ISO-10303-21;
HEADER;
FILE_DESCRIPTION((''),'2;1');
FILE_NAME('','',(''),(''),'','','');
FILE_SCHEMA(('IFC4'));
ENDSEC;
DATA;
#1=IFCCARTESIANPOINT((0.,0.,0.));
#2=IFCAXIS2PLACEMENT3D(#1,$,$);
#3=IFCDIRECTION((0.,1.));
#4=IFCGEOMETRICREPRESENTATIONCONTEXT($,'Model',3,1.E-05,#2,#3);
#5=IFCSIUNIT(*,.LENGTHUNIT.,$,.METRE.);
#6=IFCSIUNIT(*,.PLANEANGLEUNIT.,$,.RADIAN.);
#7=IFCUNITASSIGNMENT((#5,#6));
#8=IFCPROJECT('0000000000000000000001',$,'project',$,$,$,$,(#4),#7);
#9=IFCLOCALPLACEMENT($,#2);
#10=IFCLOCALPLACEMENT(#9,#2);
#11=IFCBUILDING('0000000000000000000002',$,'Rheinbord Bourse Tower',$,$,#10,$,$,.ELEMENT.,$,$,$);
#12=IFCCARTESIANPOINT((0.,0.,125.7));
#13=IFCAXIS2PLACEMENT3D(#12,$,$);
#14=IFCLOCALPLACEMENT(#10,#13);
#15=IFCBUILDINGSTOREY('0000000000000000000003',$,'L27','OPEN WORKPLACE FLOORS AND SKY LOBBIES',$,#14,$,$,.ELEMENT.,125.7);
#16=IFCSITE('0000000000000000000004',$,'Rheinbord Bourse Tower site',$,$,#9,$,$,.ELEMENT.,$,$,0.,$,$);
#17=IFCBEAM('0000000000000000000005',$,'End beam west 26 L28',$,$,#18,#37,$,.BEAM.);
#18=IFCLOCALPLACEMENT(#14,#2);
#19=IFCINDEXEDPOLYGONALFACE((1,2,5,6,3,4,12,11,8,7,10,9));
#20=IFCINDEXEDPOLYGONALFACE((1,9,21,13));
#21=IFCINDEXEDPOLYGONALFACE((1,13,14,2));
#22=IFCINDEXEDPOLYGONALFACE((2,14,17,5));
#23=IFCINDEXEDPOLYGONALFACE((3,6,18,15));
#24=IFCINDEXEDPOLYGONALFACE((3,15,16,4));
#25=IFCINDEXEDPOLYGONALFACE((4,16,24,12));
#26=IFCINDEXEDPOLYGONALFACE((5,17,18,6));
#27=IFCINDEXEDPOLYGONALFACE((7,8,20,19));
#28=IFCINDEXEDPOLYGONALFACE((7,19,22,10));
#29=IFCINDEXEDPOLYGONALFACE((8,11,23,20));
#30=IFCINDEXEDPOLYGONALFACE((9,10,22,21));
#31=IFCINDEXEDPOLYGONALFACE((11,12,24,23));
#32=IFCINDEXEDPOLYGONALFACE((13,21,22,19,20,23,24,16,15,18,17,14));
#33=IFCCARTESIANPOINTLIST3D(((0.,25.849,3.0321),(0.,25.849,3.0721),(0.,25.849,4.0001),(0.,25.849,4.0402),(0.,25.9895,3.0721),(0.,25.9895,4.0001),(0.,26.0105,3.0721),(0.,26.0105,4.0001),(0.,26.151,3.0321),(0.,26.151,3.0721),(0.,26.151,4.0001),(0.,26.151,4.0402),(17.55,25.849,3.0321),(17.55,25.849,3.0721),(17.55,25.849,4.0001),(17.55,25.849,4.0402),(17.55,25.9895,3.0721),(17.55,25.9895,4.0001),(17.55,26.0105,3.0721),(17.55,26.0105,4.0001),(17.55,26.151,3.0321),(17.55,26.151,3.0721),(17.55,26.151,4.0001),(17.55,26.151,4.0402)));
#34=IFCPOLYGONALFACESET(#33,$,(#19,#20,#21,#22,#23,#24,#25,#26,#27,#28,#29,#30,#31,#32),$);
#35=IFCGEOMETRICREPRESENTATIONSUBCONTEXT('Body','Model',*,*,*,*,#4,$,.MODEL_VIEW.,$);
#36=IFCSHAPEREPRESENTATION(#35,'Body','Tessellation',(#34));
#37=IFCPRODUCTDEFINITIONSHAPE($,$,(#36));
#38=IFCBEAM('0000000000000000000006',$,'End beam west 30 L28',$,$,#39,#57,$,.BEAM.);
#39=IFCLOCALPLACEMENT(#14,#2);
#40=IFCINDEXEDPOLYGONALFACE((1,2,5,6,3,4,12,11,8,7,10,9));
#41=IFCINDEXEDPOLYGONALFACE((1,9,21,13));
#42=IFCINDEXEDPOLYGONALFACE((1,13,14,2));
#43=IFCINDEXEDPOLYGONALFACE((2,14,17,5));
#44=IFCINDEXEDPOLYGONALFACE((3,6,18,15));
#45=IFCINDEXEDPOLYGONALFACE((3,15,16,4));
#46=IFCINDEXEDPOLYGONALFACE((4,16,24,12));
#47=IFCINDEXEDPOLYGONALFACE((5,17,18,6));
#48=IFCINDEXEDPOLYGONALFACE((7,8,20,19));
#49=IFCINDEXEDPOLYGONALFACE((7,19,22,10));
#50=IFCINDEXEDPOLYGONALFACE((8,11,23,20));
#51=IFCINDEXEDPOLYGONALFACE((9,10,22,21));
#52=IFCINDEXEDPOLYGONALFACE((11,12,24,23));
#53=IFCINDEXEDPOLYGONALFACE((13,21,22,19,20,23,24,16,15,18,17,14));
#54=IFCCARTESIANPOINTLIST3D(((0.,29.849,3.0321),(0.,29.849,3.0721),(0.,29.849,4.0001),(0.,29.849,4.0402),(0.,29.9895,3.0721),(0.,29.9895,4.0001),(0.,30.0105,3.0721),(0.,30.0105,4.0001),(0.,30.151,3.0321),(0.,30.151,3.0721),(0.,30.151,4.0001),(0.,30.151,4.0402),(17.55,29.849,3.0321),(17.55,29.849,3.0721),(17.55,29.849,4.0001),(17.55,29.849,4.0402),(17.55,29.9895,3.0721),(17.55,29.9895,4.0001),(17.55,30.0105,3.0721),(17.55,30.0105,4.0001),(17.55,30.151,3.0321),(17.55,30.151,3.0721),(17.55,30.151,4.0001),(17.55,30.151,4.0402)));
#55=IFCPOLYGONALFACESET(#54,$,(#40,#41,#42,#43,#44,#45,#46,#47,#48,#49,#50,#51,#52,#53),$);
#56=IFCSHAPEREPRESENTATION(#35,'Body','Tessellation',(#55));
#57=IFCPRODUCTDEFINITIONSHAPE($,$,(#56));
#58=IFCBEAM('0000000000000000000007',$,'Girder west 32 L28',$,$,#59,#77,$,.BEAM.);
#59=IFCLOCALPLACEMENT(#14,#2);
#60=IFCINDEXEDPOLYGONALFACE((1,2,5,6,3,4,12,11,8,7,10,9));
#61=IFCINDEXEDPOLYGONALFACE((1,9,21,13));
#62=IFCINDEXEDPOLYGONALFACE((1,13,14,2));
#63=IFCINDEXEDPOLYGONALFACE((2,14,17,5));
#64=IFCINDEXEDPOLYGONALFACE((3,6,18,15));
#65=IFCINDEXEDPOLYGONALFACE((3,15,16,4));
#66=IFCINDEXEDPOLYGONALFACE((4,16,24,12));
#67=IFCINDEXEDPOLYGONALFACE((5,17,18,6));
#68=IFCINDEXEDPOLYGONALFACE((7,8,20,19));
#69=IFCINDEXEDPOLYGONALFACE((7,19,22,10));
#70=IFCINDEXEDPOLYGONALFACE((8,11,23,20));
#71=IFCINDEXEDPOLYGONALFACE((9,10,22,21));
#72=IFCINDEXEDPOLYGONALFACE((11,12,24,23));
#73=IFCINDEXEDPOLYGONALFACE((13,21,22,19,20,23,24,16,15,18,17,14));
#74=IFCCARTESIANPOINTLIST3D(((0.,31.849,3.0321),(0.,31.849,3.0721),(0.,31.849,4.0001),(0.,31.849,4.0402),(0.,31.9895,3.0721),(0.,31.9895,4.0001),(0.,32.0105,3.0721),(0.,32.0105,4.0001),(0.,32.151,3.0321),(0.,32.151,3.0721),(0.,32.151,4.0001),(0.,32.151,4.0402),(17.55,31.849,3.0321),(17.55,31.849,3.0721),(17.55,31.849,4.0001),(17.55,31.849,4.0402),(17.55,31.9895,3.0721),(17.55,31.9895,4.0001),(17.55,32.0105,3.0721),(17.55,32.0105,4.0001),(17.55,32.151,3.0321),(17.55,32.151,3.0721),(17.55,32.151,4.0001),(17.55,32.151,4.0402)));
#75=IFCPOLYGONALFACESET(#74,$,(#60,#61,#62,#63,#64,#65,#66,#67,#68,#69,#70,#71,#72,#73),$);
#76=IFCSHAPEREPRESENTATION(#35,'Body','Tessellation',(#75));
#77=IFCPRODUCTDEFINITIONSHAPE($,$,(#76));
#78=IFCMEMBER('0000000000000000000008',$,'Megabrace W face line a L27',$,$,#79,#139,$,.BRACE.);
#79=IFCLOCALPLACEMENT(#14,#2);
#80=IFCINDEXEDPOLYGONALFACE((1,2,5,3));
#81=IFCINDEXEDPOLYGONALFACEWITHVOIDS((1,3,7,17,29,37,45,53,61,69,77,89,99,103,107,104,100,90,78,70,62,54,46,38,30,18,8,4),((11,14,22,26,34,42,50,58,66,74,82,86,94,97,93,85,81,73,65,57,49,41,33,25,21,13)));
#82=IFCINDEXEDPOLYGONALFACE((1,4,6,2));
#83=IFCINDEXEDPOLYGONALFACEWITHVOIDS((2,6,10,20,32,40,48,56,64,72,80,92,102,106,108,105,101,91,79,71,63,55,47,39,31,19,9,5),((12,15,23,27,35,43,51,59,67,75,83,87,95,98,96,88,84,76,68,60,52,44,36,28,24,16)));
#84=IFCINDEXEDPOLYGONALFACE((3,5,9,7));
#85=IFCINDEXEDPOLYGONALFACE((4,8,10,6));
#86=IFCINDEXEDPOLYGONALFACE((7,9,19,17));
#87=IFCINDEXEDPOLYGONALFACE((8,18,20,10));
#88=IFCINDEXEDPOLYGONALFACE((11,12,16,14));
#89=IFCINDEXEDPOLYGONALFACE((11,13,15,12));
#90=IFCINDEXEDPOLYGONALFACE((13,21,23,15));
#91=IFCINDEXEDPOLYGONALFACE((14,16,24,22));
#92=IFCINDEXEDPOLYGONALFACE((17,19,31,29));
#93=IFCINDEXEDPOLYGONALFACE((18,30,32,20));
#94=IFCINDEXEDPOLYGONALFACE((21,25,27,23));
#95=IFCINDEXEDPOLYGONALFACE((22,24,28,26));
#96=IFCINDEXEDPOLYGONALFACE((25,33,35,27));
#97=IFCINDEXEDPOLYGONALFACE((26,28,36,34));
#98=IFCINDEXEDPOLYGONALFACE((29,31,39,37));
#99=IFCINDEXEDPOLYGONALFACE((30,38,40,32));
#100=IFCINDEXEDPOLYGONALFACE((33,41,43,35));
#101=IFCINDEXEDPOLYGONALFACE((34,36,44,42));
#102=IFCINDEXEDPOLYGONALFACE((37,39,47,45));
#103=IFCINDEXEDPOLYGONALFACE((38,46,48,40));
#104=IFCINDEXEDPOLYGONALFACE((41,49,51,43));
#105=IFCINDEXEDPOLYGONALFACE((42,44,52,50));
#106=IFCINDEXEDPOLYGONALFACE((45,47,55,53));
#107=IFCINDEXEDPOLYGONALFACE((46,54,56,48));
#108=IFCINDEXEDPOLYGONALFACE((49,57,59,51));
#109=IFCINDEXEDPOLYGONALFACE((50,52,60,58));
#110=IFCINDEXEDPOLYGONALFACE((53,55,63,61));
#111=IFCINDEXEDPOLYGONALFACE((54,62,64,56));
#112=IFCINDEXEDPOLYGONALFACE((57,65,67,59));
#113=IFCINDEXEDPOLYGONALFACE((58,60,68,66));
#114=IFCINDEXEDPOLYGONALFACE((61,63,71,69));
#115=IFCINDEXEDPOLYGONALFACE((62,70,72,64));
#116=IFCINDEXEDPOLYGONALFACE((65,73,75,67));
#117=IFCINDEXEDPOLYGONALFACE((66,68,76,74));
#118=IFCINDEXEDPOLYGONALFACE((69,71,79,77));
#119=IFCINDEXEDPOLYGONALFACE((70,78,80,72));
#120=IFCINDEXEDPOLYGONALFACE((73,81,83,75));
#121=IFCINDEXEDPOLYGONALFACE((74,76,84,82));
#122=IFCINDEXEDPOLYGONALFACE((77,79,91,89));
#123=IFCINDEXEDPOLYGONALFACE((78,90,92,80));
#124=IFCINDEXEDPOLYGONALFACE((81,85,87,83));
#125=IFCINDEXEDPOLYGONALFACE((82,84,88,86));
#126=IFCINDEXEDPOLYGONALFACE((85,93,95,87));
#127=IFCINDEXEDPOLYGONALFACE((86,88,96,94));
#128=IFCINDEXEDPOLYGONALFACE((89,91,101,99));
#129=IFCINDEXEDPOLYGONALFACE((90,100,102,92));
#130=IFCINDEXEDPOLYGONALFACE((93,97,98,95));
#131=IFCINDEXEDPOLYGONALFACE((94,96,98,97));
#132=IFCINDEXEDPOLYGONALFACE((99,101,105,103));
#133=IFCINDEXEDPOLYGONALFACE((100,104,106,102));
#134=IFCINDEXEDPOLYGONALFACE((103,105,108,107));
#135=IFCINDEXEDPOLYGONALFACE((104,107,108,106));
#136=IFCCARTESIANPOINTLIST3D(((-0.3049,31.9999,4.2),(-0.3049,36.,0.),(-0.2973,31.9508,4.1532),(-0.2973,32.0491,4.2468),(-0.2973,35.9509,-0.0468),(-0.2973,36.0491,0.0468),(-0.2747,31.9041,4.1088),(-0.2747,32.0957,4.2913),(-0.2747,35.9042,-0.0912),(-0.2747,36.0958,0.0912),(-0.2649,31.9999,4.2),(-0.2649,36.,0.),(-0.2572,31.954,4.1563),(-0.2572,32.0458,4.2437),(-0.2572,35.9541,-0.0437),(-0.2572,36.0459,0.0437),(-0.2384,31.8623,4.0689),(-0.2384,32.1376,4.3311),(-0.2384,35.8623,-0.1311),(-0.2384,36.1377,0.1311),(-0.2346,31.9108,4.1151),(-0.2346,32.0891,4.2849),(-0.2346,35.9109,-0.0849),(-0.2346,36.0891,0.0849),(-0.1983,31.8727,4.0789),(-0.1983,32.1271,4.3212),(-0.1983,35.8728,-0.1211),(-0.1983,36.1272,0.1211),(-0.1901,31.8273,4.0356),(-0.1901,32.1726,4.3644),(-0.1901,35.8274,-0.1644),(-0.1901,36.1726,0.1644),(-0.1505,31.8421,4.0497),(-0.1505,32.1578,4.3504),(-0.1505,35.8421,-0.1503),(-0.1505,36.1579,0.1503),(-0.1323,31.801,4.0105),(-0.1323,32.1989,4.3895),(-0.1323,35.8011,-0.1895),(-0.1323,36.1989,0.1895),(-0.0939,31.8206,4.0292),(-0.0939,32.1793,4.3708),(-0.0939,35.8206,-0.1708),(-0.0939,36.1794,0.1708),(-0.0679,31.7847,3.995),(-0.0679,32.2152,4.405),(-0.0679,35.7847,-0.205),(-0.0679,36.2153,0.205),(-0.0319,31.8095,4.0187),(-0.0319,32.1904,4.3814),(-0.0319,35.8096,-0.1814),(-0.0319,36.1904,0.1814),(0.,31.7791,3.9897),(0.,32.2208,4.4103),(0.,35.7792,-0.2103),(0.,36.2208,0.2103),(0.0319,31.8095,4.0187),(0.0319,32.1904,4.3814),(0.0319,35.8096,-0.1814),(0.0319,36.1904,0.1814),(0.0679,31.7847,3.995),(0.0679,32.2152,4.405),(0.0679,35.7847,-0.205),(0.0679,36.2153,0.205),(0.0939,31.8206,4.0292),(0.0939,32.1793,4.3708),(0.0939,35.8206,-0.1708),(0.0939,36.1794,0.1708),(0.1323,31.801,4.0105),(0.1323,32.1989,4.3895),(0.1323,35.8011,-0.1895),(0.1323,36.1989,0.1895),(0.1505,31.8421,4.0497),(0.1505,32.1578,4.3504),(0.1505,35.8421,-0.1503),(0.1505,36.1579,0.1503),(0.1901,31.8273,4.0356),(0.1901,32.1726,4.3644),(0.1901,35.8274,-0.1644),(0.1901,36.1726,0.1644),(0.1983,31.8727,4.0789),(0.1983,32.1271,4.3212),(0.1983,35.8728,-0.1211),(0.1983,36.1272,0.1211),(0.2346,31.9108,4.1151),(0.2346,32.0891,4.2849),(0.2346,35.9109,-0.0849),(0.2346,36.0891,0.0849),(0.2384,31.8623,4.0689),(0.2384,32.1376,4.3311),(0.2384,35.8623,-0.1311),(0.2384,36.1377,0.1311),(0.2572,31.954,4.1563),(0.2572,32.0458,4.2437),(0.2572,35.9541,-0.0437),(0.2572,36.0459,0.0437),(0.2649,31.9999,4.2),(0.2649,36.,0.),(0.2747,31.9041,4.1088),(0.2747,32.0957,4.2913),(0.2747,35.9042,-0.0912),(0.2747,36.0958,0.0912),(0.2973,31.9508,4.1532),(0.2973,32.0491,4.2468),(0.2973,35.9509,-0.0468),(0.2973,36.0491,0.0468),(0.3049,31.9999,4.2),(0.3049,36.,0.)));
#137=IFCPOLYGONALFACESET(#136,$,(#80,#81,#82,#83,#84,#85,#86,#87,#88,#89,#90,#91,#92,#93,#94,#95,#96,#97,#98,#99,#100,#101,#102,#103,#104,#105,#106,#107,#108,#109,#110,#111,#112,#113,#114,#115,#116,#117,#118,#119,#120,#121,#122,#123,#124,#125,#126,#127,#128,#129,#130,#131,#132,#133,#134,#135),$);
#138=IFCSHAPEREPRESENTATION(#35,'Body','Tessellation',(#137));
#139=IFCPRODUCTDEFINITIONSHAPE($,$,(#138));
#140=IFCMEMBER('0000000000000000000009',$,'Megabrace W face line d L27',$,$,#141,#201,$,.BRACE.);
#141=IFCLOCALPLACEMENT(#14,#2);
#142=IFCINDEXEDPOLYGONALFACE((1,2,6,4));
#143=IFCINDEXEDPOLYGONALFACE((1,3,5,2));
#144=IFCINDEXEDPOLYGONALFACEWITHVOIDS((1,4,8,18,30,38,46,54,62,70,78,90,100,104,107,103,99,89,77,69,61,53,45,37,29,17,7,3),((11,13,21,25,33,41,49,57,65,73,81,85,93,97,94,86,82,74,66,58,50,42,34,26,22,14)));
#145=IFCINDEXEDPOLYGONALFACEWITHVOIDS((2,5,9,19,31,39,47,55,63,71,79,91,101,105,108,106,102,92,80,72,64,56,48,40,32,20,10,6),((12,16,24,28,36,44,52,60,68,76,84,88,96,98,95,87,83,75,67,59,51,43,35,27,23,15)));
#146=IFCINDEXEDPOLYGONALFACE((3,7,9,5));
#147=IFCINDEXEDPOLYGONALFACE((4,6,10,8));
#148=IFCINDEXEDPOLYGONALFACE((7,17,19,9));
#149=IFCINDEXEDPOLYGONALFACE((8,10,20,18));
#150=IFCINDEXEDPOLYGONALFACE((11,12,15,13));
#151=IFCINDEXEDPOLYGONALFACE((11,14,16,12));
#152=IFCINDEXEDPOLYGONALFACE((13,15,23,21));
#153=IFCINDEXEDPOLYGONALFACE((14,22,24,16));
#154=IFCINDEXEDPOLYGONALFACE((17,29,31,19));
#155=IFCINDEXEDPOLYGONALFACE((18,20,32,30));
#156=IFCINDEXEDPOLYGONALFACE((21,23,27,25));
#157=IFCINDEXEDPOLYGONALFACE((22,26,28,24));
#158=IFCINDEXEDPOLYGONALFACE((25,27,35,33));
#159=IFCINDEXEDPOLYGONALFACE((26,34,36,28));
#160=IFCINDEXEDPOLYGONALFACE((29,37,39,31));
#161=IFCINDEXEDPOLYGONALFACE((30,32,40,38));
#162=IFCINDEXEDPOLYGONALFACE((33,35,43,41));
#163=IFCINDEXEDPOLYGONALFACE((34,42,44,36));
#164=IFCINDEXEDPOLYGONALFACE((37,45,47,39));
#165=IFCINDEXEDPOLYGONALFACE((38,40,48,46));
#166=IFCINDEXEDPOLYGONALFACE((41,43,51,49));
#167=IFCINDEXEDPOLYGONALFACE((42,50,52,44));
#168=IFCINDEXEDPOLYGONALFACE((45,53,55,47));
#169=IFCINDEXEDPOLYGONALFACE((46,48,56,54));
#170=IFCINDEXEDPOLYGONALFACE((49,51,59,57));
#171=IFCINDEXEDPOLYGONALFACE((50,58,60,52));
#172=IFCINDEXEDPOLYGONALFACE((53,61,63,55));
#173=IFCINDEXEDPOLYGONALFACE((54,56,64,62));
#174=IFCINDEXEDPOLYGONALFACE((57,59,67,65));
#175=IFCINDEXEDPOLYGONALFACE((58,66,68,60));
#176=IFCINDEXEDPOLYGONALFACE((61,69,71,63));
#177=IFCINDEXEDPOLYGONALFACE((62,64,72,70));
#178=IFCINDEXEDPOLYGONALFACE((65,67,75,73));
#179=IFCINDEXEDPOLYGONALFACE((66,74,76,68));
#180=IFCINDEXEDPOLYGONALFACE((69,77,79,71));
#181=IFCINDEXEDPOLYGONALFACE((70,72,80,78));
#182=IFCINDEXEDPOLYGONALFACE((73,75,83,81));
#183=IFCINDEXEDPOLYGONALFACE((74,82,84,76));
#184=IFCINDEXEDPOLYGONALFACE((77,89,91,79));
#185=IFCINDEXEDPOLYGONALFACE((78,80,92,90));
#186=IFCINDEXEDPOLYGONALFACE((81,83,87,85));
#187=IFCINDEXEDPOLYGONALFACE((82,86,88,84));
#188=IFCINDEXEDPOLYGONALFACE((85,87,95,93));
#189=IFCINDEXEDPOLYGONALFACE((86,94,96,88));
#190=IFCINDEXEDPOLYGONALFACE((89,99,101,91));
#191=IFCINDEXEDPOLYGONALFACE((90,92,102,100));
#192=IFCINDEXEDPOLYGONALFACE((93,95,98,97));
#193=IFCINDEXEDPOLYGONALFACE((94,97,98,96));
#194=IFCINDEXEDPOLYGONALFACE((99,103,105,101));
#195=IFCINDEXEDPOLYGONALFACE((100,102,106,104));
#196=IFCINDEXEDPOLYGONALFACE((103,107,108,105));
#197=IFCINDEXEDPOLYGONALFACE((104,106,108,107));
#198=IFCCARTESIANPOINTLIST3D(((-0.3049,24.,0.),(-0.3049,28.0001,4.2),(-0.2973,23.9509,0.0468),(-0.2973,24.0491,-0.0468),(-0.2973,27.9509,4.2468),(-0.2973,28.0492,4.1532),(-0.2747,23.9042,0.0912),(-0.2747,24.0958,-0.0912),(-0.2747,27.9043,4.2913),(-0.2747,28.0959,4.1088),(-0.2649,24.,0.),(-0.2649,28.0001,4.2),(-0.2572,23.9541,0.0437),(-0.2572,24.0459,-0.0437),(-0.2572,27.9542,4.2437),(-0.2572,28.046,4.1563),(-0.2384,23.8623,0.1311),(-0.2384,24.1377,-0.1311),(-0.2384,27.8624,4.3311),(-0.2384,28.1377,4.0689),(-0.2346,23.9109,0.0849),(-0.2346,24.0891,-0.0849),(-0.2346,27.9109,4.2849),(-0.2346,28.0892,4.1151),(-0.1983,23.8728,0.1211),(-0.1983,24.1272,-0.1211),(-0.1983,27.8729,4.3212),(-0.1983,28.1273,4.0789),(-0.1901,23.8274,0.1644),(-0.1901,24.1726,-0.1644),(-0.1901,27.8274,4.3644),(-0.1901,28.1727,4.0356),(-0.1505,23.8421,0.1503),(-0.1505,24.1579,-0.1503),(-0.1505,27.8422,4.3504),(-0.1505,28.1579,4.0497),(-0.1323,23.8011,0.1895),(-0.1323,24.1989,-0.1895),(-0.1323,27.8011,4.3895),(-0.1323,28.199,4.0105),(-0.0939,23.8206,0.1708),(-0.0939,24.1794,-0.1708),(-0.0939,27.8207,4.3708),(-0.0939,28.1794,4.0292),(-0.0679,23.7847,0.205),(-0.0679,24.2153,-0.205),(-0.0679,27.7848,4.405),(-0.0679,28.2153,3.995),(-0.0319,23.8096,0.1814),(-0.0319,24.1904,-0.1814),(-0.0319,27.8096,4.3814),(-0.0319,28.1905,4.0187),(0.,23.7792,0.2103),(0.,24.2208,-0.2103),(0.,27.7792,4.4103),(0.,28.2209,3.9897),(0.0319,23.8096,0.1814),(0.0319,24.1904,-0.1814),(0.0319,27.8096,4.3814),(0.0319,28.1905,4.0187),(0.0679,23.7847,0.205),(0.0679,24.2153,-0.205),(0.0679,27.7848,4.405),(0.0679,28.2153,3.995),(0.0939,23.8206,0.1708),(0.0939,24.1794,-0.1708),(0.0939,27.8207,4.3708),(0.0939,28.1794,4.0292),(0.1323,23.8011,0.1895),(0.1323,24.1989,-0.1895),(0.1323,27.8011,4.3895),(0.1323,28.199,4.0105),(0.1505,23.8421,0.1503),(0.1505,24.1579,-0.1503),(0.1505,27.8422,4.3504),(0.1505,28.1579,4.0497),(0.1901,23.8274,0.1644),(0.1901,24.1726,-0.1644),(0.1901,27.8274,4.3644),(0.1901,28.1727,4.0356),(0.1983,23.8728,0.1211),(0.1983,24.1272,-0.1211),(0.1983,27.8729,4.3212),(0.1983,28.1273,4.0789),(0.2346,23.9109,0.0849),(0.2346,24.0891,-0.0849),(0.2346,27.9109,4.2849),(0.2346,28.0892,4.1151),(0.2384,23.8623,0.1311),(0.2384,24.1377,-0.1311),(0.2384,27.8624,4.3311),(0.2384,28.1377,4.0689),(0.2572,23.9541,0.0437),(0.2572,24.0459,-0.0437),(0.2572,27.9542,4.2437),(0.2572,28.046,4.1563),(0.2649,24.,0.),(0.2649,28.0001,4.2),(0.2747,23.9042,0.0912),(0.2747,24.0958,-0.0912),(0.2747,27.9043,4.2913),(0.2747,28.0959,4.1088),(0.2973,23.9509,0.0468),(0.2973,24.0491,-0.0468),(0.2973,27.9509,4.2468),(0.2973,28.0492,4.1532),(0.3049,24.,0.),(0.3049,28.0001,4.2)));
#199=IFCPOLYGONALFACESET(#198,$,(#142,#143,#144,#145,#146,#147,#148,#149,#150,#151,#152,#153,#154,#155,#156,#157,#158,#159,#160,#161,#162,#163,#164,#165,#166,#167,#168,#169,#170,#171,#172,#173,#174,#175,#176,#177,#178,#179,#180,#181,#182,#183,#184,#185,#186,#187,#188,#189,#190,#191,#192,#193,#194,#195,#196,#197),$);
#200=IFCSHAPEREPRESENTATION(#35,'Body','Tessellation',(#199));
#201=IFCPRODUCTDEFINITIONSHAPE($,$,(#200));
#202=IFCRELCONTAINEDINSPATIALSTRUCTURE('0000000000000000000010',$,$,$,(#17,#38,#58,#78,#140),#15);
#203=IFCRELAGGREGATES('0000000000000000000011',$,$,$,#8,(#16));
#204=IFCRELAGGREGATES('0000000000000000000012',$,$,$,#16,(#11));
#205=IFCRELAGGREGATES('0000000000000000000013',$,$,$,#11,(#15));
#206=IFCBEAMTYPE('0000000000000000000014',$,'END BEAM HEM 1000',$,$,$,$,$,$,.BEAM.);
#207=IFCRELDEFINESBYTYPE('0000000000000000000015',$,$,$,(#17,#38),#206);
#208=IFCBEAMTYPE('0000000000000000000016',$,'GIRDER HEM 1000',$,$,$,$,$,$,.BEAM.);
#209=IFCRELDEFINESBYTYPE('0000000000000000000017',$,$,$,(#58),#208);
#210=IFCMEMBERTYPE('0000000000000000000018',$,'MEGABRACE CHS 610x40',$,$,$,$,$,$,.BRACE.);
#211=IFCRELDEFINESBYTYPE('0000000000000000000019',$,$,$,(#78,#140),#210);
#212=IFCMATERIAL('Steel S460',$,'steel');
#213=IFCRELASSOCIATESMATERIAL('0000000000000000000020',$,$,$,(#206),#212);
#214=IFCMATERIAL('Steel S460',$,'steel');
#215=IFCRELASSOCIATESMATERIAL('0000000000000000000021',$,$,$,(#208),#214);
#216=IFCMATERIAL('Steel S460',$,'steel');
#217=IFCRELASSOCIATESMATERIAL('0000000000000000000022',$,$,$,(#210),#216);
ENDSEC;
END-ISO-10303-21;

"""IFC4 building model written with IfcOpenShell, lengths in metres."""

from ifc_helpers import new_model, si_unit, direction, frame, origin, origin_2d, place, context, subcontext, project, spatial, hollow_circle, i_section, extrude, material, material_profile, profile_set, type_object, element, save


model = new_model("IFC4")

# Units and contexts
model_context = context("Model", 3, precision=1e-05, world=origin(), true_north=direction((0.0, 1.0)))
body_context = subcontext(model_context, "Body", "Model", "MODEL_VIEW")
ifc_project = project(units=[si_unit("LENGTHUNIT", "METRE"), si_unit("PLANEANGLEUNIT", "RADIAN")], contexts=[model_context])

# Site, building, storey
site_placement = place(None, origin())
site = spatial("IfcSite", under=ifc_project, at=site_placement, Name="Rheinbord Bourse Tower site", CompositionType="ELEMENT", RefElevation=0.0)
building_placement = place(site_placement, origin())
building = spatial("IfcBuilding", under=site, at=building_placement, Name="Rheinbord Bourse Tower", CompositionType="ELEMENT")
storey_placement = place(building_placement, frame((0.0, 0.0, 125.7)))
storey = spatial("IfcBuildingStorey", under=building, at=storey_placement, Name="L27", Description="OPEN WORKPLACE FLOORS AND SKY LOBBIES", CompositionType="ELEMENT", Elevation=125.7)

# Beams
ifc_material_1 = material(Name="Steel S460", Category="steel")
ifc_material_profile_1 = material_profile(ifc_material_1, i_section(OverallWidth=0.302, OverallDepth=1.0081, WebThickness=0.021, FlangeThickness=0.04, at=origin_2d()), Name="HEM 1000")
ifc_profile_set_1 = profile_set([ifc_material_profile_1], Name="Steel S460")
beam_type_1 = type_object("IfcBeamType", Name="END BEAM HEM 1000", PredefinedType="BEAM", material=ifc_profile_set_1)
for number, where, z_axis, x_axis, name in (
    (1, (0.0, 26.0, 3.5361), (1.0, 0.0, 0.0), (0.0, 1.0, 0.0), "End beam west 26 L28"),
    (2, (0.0, 30.0, 3.5361), (1.0, 0.0, 0.0), (0.0, 1.0, 0.0), "End beam west 30 L28"),
):
    element("IfcBeam", number, at=place(storey_placement, frame(where, z_axis=z_axis, x_axis=x_axis)), inside=storey, type_object=beam_type_1, Name=name, PredefinedType="BEAM", context=body_context, shape_type="SweptSolid", body=[
        extrude(i_section(OverallWidth=0.302, OverallDepth=1.0081, WebThickness=0.021, FlangeThickness=0.04, at=origin_2d()), origin(), (0.0, 0.0, 1.0), 17.55),
    ])
ifc_material_2 = material(Name="Steel S460", Category="steel")
ifc_material_profile_2 = material_profile(ifc_material_2, i_section(OverallWidth=0.302, OverallDepth=1.0081, WebThickness=0.021, FlangeThickness=0.04, at=origin_2d()), Name="HEM 1000")
ifc_profile_set_2 = profile_set([ifc_material_profile_2], Name="Steel S460")
beam_type_2 = type_object("IfcBeamType", Name="GIRDER HEM 1000", PredefinedType="BEAM", material=ifc_profile_set_2)
beam_placement = place(storey_placement, frame((0.0, 32.0, 3.5361), z_axis=(1.0, 0.0, 0.0), x_axis=(0.0, 1.0, 0.0)))
element("IfcBeam", 3, at=beam_placement, inside=storey, type_object=beam_type_2, Name="Girder west 32 L28", PredefinedType="BEAM", context=body_context, shape_type="SweptSolid", body=[
    extrude(i_section(OverallWidth=0.302, OverallDepth=1.0081, WebThickness=0.021, FlangeThickness=0.04, at=origin_2d()), origin(), (0.0, 0.0, 1.0), 17.55),
])

# Members
ifc_material_3 = material(Name="Steel S460", Category="steel")
ifc_material_profile_3 = material_profile(ifc_material_3, hollow_circle(Radius=0.3049, WallThickness=0.04, at=origin_2d()), Name="CHS 610x40")
ifc_profile_set_3 = profile_set([ifc_material_profile_3], Name="Steel S460")
member_type_1 = type_object("IfcMemberType", Name="MEGABRACE CHS 610x40", PredefinedType="BRACE", material=ifc_profile_set_3)
for number, where, z_axis, x_axis, name in (
    (4, (0.0, 36.0, 0.0), (0.0, -0.689659, 0.724134), (1.0, 0.0, 0.0), "Megabrace W face line a L27"),
    (5, (0.0, 24.0, 0.0), (0.0, 0.689659, 0.724134), (-1.0, 0.0, 0.0), "Megabrace W face line d L27"),
):
    element("IfcMember", number, at=place(storey_placement, frame(where, z_axis=z_axis, x_axis=x_axis)), inside=storey, type_object=member_type_1, Name=name, PredefinedType="BRACE", context=body_context, shape_type="SweptSolid", body=[
        extrude(hollow_circle(Radius=0.3049, WallThickness=0.04, at=origin_2d()), origin(), (0.0, 0.0, 1.0), 5.8),
    ])

save(model, "model.ifc")
